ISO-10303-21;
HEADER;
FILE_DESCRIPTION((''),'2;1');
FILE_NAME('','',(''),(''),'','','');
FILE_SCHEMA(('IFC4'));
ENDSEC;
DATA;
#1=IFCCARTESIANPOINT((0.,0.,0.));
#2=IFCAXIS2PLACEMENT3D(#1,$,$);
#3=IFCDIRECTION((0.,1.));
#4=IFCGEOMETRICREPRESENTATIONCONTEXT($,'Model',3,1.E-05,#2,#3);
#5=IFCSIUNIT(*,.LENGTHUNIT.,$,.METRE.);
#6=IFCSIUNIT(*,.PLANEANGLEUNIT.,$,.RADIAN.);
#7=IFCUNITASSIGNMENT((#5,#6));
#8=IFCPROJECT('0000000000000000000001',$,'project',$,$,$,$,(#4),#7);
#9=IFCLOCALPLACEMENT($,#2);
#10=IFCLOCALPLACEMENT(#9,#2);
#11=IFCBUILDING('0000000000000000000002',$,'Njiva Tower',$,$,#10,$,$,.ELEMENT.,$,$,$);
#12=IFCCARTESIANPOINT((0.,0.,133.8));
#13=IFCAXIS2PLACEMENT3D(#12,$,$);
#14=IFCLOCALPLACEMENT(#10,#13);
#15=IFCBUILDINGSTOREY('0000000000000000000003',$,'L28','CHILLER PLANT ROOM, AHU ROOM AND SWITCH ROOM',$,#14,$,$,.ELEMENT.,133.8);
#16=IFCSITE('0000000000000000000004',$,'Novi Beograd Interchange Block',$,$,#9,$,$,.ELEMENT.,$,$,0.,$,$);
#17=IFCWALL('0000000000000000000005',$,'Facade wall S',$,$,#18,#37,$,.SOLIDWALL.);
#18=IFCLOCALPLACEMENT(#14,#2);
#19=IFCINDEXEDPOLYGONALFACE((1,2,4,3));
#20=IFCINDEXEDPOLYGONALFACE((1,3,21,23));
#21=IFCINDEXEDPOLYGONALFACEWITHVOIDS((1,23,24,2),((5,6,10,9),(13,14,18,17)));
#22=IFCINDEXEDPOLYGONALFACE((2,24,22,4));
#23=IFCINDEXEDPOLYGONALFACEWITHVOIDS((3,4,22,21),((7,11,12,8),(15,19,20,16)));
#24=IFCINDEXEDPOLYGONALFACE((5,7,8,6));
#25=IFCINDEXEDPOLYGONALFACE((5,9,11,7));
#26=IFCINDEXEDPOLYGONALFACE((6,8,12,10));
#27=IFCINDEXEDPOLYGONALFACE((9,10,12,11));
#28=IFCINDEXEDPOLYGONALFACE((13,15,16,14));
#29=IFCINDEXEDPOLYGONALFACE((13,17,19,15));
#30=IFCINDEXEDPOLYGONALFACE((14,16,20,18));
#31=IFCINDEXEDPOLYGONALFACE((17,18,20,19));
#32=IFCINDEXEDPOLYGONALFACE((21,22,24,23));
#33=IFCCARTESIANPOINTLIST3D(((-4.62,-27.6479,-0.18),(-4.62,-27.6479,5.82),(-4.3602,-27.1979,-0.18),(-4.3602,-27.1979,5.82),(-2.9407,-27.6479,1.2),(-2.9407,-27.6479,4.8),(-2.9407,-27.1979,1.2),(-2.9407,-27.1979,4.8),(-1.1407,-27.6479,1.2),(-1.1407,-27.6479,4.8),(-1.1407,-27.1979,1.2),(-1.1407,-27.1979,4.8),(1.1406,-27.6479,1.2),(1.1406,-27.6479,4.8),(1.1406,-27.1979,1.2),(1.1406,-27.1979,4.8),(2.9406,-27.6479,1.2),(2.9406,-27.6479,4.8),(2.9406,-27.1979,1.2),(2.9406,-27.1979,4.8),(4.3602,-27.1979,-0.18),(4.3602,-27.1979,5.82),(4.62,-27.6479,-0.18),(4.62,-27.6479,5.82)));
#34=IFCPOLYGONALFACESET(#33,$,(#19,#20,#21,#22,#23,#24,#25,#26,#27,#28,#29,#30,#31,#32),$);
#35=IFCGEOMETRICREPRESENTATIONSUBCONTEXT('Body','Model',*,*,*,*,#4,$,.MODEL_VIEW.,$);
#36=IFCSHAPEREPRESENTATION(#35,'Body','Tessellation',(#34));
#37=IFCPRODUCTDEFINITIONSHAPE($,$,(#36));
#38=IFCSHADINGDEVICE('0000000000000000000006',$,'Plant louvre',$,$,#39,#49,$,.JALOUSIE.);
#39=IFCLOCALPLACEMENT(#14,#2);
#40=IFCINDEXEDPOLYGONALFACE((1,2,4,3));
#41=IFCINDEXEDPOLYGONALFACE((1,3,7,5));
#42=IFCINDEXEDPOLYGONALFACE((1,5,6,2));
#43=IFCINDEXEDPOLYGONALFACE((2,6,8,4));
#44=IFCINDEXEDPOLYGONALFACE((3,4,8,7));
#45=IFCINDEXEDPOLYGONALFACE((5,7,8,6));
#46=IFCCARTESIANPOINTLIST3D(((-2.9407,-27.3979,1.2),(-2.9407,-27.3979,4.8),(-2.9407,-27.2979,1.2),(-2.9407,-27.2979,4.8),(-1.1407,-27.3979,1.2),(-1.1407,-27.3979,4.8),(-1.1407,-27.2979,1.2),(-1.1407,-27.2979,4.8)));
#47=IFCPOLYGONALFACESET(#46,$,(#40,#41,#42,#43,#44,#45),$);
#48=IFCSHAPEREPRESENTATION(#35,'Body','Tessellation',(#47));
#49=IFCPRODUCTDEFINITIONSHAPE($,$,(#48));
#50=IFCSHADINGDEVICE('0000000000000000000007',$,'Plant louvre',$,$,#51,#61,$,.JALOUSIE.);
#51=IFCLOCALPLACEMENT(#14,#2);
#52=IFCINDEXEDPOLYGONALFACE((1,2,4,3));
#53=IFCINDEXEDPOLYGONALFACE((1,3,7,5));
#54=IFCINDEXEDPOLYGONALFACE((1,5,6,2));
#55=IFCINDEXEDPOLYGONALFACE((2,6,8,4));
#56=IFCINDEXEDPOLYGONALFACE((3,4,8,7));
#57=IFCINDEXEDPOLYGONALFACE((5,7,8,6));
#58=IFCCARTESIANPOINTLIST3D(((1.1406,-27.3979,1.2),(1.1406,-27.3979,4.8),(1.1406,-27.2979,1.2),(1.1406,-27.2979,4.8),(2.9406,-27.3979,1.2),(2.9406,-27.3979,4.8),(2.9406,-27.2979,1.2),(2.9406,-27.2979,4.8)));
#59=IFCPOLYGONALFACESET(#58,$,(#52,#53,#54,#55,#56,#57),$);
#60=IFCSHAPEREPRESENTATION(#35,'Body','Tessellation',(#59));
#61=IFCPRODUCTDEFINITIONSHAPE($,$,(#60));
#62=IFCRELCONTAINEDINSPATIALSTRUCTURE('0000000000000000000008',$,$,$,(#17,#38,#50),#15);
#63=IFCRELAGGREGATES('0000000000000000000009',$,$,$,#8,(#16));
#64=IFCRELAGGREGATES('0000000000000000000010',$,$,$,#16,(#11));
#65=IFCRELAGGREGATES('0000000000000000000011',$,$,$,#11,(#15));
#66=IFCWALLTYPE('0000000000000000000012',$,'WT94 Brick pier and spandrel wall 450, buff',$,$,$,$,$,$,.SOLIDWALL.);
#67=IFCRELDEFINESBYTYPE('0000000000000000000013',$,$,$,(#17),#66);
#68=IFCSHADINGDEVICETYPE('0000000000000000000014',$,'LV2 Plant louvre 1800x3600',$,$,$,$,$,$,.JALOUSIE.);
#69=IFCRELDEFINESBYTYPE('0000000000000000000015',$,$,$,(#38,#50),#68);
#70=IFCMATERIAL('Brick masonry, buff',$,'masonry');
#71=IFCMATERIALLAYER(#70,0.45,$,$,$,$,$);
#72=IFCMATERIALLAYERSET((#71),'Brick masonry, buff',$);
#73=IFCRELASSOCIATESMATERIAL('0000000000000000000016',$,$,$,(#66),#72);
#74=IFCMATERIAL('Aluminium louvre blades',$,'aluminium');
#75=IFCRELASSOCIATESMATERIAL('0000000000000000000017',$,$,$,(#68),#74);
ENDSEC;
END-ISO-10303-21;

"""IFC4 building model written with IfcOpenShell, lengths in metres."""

from ifc_helpers import new_model, si_unit, direction, frame, frame_2d, origin, place, context, subcontext, project, spatial, polyline, rectangle, outline, extrude, material, layer, layer_set, type_object, element, fill, save


model = new_model("IFC4")

# Units and contexts
model_context = context("Model", 3, precision=1e-05, world=origin(), true_north=direction((0.0, 1.0)))
body_context = subcontext(model_context, "Body", "Model", "MODEL_VIEW")
ifc_project = project(units=[si_unit("LENGTHUNIT", "METRE"), si_unit("PLANEANGLEUNIT", "RADIAN")], contexts=[model_context])

# Site, building, storey
site_placement = place(None, origin())
site = spatial("IfcSite", under=ifc_project, at=site_placement, Name="Novi Beograd Interchange Block", CompositionType="ELEMENT", RefElevation=0.0)
building_placement = place(site_placement, origin())
building = spatial("IfcBuilding", under=site, at=building_placement, Name="Njiva Tower", CompositionType="ELEMENT")
storey_placement = place(building_placement, frame((0.0, 0.0, 133.8)))
storey = spatial("IfcBuildingStorey", under=building, at=storey_placement, Name="L28", Description="CHILLER PLANT ROOM, AHU ROOM AND SWITCH ROOM", CompositionType="ELEMENT", Elevation=133.8)

# Wall, openings, shading devices
ifc_material_1 = material(Name="Brick masonry, buff", Category="masonry")
ifc_layer_1 = layer(ifc_material_1, 0.45)
ifc_layer_set_1 = layer_set([ifc_layer_1], Name="Brick masonry, buff")
wall_type_1 = type_object("IfcWallType", Name="WT94 Brick pier and spandrel wall 450, buff", PredefinedType="SOLIDWALL", material=ifc_layer_set_1)
wall_1_placement = place(storey_placement, frame((-4.4901, -27.4229, -0.18), z_axis=(0.0, 0.0, 1.0), x_axis=(1.0, 0.0, 0.0)))
wall_1 = element("IfcWall", 1, at=wall_1_placement, inside=storey, type_object=wall_type_1, Name="Facade wall S", PredefinedType="SOLIDWALL", context=body_context, shape_type="SweptSolid", body=[
    extrude(outline(polyline([(-0.1299, -0.225), (9.1101, -0.225), (8.8503, 0.225), (0.1299, 0.225), (-0.1299, -0.225)])), origin(), (0.0, 0.0, 1.0), 6.0),
])
opening_1_placement = place(wall_1_placement, frame((1.5494, 0.0, 1.38)))
opening_1 = element("IfcOpeningElement", 2, at=opening_1_placement, cuts=wall_1, PredefinedType="OPENING", context=body_context, shape_type="SweptSolid", body=[
    extrude(rectangle(XDim=1.8, YDim=3.6, at=frame_2d((0.9, 1.8))), frame((0.0, 0.235, 0.0), z_axis=(0.0, -1.0, 0.0), x_axis=(1.0, 0.0, 0.0)), (0.0, 0.0, 1.0), 0.47),
])
opening_2_placement = place(wall_1_placement, frame((5.6307, 0.0, 1.38)))
opening_2 = element("IfcOpeningElement", 3, at=opening_2_placement, cuts=wall_1, PredefinedType="OPENING", context=body_context, shape_type="SweptSolid", body=[
    extrude(rectangle(XDim=1.8, YDim=3.6, at=frame_2d((0.9, 1.8))), frame((0.0, 0.235, 0.0), z_axis=(0.0, -1.0, 0.0), x_axis=(1.0, 0.0, 0.0)), (0.0, 0.0, 1.0), 0.47),
])
ifc_material_2 = material(Name="Aluminium louvre blades", Category="aluminium")
shading_device_type = type_object("IfcShadingDeviceType", Name="LV2 Plant louvre 1800x3600", PredefinedType="JALOUSIE", material=ifc_material_2)
shading_device_1_placement = place(opening_1_placement, origin())
shading_device_1 = element("IfcShadingDevice", 4, at=shading_device_1_placement, inside=storey, type_object=shading_device_type, Name="Plant louvre", PredefinedType="JALOUSIE", context=body_context, shape_type="SweptSolid", body=[
    extrude(rectangle(XDim=1.8, YDim=3.6, at=frame_2d((0.9, 1.8))), frame((0.0, 0.125, 0.0), z_axis=(0.0, -1.0, 0.0), x_axis=(1.0, 0.0, 0.0)), (0.0, 0.0, 1.0), 0.1),
])
fill(opening_1, shading_device_1)
shading_device_2_placement = place(opening_2_placement, origin())
shading_device_2 = element("IfcShadingDevice", 5, at=shading_device_2_placement, inside=storey, type_object=shading_device_type, Name="Plant louvre", PredefinedType="JALOUSIE", context=body_context, shape_type="SweptSolid", body=[
    extrude(rectangle(XDim=1.8, YDim=3.6, at=frame_2d((0.9, 1.8))), frame((0.0, 0.125, 0.0), z_axis=(0.0, -1.0, 0.0), x_axis=(1.0, 0.0, 0.0)), (0.0, 0.0, 1.0), 0.1),
])
fill(opening_2, shading_device_2)

save(model, "model.ifc")
